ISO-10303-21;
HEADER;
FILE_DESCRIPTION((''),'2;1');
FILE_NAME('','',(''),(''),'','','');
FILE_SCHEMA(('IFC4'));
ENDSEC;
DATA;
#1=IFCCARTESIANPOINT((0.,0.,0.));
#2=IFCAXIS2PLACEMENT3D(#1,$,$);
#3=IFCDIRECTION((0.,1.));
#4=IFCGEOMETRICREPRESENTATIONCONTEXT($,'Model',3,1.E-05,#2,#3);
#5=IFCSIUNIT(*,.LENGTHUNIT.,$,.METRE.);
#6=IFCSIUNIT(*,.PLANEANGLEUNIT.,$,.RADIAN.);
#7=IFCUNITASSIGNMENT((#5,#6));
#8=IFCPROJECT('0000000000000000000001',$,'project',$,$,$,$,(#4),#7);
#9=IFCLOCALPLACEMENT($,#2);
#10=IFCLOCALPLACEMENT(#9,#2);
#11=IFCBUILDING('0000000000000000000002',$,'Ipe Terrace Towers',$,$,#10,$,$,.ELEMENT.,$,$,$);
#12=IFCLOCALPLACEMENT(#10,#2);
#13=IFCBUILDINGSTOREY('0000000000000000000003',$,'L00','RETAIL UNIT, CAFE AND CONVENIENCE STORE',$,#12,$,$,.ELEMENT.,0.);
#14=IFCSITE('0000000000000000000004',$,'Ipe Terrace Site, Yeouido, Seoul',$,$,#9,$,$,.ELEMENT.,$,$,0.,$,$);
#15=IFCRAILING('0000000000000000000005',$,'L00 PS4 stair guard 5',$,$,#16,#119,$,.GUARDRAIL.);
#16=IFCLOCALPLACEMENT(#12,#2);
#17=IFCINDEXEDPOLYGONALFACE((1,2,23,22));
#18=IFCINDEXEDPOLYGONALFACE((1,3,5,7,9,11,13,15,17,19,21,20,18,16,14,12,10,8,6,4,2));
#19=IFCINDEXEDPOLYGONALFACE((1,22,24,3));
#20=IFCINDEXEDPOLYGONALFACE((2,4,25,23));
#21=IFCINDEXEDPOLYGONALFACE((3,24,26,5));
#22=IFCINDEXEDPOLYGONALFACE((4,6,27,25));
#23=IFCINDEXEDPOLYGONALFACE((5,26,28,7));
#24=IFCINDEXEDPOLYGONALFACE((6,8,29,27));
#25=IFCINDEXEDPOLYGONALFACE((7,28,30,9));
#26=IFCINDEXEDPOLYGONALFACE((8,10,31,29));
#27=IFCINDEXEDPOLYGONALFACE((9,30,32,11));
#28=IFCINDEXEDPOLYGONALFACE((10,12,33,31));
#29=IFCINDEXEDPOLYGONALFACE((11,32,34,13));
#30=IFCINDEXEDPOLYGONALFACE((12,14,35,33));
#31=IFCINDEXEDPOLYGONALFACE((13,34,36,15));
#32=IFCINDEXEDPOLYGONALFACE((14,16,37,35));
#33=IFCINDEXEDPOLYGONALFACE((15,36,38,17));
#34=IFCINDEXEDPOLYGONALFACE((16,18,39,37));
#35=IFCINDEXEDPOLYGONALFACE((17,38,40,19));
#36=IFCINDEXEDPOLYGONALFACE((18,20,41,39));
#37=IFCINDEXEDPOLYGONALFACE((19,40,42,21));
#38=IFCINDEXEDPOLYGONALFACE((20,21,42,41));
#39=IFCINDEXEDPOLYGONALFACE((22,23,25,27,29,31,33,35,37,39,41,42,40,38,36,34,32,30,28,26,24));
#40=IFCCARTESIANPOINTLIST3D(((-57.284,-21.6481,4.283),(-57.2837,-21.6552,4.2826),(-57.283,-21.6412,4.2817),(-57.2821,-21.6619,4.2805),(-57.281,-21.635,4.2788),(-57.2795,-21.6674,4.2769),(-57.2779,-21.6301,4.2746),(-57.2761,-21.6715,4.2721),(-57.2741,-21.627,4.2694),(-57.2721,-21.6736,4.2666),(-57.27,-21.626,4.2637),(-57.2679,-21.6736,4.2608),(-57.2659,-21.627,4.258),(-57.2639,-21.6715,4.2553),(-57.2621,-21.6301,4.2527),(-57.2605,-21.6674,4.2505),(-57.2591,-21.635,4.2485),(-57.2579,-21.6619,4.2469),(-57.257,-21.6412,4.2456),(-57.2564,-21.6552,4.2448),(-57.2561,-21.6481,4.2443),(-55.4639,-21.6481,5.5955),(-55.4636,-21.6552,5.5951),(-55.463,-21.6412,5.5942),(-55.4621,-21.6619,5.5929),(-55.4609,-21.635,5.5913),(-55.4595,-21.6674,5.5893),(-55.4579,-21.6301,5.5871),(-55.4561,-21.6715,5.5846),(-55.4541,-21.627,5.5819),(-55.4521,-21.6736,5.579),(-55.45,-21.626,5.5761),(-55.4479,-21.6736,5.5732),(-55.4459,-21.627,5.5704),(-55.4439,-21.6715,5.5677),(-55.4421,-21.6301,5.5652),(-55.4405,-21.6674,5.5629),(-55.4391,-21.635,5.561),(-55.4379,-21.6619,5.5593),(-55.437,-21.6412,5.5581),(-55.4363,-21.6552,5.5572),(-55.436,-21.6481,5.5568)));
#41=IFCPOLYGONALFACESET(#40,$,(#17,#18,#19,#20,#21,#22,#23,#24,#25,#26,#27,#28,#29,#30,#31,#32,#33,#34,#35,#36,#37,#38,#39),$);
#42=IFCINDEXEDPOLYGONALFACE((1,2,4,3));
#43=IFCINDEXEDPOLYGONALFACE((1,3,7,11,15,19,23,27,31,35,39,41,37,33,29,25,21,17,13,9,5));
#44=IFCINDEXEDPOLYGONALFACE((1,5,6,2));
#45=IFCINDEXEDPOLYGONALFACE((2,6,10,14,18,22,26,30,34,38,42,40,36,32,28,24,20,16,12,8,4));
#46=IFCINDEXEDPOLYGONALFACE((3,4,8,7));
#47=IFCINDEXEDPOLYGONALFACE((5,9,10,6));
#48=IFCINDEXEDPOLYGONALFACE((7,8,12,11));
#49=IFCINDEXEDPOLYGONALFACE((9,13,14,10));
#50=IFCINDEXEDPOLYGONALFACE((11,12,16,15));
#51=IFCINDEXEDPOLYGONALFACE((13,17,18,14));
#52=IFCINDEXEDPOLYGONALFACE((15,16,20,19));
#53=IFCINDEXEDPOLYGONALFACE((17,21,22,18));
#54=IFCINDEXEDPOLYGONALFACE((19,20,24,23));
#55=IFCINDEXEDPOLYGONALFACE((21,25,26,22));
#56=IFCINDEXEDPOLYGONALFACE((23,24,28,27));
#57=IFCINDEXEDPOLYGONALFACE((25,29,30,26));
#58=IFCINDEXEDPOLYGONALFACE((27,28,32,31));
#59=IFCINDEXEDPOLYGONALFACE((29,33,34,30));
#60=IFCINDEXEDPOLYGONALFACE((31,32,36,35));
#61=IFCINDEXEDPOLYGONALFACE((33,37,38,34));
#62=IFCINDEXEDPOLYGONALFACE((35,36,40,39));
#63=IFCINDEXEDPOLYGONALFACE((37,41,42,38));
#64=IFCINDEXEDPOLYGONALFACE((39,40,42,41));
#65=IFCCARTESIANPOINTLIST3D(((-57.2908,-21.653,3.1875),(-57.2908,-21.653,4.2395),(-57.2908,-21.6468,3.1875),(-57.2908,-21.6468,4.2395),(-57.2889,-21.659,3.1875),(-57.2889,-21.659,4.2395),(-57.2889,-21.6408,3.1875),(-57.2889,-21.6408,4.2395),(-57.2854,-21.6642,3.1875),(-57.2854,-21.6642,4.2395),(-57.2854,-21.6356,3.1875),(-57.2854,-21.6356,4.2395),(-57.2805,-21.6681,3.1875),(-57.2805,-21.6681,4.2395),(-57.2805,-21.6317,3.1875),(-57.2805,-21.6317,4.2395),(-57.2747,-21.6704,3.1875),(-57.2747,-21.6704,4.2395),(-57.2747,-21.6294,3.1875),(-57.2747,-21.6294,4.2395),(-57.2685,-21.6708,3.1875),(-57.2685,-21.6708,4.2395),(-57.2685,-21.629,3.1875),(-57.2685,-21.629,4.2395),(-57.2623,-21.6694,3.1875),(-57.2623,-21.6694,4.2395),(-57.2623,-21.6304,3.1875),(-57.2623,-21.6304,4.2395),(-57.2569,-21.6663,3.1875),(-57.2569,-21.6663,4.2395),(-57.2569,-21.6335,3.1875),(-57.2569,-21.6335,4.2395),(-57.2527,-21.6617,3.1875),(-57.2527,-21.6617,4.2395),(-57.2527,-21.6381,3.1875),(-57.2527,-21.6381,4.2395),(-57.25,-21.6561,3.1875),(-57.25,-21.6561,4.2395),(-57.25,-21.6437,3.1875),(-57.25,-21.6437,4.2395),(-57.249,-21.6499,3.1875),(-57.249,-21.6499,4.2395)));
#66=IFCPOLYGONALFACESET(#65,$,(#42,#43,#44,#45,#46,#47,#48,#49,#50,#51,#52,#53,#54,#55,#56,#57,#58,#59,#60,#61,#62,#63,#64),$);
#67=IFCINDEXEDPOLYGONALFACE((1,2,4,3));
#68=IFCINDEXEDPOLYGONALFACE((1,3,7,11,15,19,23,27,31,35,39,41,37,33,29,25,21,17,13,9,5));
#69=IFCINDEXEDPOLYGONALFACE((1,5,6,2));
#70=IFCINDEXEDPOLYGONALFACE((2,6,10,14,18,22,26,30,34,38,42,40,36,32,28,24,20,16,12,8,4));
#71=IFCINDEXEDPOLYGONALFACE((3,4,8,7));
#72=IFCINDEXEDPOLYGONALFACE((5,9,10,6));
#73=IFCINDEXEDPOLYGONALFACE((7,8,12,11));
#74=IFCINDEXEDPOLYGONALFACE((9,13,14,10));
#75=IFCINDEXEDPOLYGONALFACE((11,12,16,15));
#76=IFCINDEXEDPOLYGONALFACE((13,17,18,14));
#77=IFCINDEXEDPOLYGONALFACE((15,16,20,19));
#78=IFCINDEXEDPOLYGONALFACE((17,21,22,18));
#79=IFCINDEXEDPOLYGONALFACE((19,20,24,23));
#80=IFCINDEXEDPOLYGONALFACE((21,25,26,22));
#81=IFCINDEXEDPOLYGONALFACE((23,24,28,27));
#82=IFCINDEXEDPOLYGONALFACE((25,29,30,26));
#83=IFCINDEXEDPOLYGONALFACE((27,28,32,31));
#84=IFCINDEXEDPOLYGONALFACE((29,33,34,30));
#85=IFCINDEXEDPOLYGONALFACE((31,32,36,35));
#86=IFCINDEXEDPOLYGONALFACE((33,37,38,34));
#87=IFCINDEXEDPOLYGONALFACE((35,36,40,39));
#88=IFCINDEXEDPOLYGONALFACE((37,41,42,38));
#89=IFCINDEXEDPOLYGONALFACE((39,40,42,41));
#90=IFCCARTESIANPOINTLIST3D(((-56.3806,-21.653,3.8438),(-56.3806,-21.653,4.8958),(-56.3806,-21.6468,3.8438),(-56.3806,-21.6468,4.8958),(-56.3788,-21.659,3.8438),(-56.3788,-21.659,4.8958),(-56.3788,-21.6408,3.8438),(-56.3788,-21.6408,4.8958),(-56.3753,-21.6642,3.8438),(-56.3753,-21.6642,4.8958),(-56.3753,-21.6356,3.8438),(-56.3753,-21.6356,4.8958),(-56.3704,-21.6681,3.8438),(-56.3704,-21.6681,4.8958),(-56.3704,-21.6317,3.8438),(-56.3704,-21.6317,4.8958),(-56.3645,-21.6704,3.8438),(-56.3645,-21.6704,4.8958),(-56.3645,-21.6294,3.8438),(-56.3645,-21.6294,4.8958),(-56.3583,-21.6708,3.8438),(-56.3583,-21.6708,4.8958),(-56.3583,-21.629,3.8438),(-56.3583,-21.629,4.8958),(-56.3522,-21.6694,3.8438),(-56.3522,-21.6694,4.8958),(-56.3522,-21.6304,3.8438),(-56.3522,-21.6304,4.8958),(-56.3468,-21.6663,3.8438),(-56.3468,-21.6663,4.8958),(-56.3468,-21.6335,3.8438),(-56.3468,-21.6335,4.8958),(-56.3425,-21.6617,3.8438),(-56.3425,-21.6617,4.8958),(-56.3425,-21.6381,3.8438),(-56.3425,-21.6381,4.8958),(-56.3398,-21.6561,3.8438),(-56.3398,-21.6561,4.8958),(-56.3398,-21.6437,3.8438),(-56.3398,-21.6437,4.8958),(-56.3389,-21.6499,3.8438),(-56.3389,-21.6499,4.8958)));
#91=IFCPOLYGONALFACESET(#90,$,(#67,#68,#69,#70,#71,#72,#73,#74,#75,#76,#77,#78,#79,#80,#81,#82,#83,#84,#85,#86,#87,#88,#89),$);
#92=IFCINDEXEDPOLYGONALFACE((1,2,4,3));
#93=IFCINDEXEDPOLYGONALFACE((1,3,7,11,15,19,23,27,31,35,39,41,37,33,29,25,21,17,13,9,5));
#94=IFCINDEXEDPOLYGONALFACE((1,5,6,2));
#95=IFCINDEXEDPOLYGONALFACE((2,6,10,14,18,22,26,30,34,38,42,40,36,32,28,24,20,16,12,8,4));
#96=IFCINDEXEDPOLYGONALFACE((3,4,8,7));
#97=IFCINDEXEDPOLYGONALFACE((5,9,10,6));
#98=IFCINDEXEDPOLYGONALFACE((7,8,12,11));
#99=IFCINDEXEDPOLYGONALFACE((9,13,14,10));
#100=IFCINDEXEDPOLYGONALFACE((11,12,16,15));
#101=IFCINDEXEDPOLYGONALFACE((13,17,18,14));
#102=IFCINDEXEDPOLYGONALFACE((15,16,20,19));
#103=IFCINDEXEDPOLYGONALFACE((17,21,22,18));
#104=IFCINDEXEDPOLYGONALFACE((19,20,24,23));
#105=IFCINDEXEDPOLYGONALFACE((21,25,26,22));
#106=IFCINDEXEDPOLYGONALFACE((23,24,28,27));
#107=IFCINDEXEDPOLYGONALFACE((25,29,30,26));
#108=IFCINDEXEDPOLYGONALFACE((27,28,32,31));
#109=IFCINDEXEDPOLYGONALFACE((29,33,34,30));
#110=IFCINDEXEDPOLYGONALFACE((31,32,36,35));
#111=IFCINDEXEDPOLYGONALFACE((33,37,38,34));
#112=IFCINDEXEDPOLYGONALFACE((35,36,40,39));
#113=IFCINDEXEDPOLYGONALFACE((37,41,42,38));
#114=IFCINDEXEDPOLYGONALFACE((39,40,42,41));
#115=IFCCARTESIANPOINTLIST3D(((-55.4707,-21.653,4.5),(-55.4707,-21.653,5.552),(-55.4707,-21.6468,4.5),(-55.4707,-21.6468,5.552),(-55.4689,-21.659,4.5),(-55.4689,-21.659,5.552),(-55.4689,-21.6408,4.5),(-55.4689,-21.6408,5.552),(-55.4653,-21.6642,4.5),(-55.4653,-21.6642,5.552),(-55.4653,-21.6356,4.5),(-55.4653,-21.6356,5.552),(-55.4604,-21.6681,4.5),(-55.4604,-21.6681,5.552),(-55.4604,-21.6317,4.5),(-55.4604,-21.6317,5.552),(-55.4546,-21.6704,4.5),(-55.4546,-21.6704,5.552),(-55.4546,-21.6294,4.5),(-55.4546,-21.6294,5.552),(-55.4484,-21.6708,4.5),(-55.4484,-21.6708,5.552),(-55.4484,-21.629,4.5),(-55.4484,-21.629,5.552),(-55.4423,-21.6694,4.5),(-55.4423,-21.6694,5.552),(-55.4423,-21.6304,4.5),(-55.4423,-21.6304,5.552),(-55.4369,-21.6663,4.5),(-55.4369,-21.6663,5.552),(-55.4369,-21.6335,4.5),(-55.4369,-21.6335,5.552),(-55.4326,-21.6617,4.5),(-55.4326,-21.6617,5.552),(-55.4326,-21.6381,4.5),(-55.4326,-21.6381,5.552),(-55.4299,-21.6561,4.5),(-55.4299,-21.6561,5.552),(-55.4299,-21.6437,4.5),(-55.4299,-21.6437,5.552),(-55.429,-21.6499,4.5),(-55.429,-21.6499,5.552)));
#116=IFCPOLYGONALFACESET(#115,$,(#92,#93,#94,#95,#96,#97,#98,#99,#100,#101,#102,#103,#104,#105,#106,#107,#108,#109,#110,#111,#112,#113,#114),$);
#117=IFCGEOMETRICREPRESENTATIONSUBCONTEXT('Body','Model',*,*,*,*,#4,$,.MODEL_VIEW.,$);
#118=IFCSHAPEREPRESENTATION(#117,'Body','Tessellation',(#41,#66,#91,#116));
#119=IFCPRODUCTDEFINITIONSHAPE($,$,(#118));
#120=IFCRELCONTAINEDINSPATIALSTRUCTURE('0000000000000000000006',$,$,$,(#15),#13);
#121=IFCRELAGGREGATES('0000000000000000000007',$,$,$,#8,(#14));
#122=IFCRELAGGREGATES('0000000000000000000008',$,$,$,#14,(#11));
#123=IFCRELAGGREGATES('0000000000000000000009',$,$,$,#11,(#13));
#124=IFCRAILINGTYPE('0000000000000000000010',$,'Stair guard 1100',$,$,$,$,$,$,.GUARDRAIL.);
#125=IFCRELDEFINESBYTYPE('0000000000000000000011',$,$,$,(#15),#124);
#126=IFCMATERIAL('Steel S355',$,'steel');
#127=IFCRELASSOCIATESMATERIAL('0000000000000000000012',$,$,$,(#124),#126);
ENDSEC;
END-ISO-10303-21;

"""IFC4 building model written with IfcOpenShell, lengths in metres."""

from ifc_helpers import new_model, si_unit, direction, frame, origin, origin_2d, place, context, subcontext, project, spatial, circle, extrude, material, type_object, element, save


model = new_model("IFC4")

# Units and contexts
model_context = context("Model", 3, precision=1e-05, world=origin(), true_north=direction((0.0, 1.0)))
body_context = subcontext(model_context, "Body", "Model", "MODEL_VIEW")
ifc_project = project(units=[si_unit("LENGTHUNIT", "METRE"), si_unit("PLANEANGLEUNIT", "RADIAN")], contexts=[model_context])

# Site, building, storey
site_placement = place(None, origin())
site = spatial("IfcSite", under=ifc_project, at=site_placement, Name="Ipe Terrace Site, Yeouido, Seoul", CompositionType="ELEMENT", RefElevation=0.0)
building_placement = place(site_placement, origin())
building = spatial("IfcBuilding", under=site, at=building_placement, Name="Ipe Terrace Towers", CompositionType="ELEMENT")
storey_placement = place(building_placement, origin())
storey = spatial("IfcBuildingStorey", under=building, at=storey_placement, Name="L00", Description="RETAIL UNIT, CAFE AND CONVENIENCE STORE", CompositionType="ELEMENT", Elevation=0.0)

# Railing
ifc_material_1 = material(Name="Steel S355", Category="steel")
railing_type_1 = type_object("IfcRailingType", Name="Stair guard 1100", PredefinedType="GUARDRAIL", material=ifc_material_1)
railing_1_placement = place(storey_placement, frame((-57.27, -21.6499, 3.1875)))
element("IfcRailing", 1, at=railing_1_placement, inside=storey, type_object=railing_type_1, Name="L00 PS4 stair guard 5", PredefinedType="GUARDRAIL", context=body_context, shape_type="SweptSolid", body=[
    extrude(circle(Radius=0.0239, at=origin_2d()), frame((0.0, 0.0, 1.0762), z_axis=(0.811101, 0.0, 0.584906), x_axis=(0.0, 1.0, 0.0)), (0.0, 0.0, 1.0), 2.2439),
    extrude(circle(Radius=0.021, at=origin_2d()), origin(), (0.0, 0.0, 1.0), 1.052),
    extrude(circle(Radius=0.021, at=origin_2d()), frame((0.9102, 0.0, 0.6562)), (0.0, 0.0, 1.0), 1.052),
    extrude(circle(Radius=0.021, at=origin_2d()), frame((1.8201, 0.0, 1.3125)), (0.0, 0.0, 1.0), 1.052),
])

save(model, "model.ifc")
